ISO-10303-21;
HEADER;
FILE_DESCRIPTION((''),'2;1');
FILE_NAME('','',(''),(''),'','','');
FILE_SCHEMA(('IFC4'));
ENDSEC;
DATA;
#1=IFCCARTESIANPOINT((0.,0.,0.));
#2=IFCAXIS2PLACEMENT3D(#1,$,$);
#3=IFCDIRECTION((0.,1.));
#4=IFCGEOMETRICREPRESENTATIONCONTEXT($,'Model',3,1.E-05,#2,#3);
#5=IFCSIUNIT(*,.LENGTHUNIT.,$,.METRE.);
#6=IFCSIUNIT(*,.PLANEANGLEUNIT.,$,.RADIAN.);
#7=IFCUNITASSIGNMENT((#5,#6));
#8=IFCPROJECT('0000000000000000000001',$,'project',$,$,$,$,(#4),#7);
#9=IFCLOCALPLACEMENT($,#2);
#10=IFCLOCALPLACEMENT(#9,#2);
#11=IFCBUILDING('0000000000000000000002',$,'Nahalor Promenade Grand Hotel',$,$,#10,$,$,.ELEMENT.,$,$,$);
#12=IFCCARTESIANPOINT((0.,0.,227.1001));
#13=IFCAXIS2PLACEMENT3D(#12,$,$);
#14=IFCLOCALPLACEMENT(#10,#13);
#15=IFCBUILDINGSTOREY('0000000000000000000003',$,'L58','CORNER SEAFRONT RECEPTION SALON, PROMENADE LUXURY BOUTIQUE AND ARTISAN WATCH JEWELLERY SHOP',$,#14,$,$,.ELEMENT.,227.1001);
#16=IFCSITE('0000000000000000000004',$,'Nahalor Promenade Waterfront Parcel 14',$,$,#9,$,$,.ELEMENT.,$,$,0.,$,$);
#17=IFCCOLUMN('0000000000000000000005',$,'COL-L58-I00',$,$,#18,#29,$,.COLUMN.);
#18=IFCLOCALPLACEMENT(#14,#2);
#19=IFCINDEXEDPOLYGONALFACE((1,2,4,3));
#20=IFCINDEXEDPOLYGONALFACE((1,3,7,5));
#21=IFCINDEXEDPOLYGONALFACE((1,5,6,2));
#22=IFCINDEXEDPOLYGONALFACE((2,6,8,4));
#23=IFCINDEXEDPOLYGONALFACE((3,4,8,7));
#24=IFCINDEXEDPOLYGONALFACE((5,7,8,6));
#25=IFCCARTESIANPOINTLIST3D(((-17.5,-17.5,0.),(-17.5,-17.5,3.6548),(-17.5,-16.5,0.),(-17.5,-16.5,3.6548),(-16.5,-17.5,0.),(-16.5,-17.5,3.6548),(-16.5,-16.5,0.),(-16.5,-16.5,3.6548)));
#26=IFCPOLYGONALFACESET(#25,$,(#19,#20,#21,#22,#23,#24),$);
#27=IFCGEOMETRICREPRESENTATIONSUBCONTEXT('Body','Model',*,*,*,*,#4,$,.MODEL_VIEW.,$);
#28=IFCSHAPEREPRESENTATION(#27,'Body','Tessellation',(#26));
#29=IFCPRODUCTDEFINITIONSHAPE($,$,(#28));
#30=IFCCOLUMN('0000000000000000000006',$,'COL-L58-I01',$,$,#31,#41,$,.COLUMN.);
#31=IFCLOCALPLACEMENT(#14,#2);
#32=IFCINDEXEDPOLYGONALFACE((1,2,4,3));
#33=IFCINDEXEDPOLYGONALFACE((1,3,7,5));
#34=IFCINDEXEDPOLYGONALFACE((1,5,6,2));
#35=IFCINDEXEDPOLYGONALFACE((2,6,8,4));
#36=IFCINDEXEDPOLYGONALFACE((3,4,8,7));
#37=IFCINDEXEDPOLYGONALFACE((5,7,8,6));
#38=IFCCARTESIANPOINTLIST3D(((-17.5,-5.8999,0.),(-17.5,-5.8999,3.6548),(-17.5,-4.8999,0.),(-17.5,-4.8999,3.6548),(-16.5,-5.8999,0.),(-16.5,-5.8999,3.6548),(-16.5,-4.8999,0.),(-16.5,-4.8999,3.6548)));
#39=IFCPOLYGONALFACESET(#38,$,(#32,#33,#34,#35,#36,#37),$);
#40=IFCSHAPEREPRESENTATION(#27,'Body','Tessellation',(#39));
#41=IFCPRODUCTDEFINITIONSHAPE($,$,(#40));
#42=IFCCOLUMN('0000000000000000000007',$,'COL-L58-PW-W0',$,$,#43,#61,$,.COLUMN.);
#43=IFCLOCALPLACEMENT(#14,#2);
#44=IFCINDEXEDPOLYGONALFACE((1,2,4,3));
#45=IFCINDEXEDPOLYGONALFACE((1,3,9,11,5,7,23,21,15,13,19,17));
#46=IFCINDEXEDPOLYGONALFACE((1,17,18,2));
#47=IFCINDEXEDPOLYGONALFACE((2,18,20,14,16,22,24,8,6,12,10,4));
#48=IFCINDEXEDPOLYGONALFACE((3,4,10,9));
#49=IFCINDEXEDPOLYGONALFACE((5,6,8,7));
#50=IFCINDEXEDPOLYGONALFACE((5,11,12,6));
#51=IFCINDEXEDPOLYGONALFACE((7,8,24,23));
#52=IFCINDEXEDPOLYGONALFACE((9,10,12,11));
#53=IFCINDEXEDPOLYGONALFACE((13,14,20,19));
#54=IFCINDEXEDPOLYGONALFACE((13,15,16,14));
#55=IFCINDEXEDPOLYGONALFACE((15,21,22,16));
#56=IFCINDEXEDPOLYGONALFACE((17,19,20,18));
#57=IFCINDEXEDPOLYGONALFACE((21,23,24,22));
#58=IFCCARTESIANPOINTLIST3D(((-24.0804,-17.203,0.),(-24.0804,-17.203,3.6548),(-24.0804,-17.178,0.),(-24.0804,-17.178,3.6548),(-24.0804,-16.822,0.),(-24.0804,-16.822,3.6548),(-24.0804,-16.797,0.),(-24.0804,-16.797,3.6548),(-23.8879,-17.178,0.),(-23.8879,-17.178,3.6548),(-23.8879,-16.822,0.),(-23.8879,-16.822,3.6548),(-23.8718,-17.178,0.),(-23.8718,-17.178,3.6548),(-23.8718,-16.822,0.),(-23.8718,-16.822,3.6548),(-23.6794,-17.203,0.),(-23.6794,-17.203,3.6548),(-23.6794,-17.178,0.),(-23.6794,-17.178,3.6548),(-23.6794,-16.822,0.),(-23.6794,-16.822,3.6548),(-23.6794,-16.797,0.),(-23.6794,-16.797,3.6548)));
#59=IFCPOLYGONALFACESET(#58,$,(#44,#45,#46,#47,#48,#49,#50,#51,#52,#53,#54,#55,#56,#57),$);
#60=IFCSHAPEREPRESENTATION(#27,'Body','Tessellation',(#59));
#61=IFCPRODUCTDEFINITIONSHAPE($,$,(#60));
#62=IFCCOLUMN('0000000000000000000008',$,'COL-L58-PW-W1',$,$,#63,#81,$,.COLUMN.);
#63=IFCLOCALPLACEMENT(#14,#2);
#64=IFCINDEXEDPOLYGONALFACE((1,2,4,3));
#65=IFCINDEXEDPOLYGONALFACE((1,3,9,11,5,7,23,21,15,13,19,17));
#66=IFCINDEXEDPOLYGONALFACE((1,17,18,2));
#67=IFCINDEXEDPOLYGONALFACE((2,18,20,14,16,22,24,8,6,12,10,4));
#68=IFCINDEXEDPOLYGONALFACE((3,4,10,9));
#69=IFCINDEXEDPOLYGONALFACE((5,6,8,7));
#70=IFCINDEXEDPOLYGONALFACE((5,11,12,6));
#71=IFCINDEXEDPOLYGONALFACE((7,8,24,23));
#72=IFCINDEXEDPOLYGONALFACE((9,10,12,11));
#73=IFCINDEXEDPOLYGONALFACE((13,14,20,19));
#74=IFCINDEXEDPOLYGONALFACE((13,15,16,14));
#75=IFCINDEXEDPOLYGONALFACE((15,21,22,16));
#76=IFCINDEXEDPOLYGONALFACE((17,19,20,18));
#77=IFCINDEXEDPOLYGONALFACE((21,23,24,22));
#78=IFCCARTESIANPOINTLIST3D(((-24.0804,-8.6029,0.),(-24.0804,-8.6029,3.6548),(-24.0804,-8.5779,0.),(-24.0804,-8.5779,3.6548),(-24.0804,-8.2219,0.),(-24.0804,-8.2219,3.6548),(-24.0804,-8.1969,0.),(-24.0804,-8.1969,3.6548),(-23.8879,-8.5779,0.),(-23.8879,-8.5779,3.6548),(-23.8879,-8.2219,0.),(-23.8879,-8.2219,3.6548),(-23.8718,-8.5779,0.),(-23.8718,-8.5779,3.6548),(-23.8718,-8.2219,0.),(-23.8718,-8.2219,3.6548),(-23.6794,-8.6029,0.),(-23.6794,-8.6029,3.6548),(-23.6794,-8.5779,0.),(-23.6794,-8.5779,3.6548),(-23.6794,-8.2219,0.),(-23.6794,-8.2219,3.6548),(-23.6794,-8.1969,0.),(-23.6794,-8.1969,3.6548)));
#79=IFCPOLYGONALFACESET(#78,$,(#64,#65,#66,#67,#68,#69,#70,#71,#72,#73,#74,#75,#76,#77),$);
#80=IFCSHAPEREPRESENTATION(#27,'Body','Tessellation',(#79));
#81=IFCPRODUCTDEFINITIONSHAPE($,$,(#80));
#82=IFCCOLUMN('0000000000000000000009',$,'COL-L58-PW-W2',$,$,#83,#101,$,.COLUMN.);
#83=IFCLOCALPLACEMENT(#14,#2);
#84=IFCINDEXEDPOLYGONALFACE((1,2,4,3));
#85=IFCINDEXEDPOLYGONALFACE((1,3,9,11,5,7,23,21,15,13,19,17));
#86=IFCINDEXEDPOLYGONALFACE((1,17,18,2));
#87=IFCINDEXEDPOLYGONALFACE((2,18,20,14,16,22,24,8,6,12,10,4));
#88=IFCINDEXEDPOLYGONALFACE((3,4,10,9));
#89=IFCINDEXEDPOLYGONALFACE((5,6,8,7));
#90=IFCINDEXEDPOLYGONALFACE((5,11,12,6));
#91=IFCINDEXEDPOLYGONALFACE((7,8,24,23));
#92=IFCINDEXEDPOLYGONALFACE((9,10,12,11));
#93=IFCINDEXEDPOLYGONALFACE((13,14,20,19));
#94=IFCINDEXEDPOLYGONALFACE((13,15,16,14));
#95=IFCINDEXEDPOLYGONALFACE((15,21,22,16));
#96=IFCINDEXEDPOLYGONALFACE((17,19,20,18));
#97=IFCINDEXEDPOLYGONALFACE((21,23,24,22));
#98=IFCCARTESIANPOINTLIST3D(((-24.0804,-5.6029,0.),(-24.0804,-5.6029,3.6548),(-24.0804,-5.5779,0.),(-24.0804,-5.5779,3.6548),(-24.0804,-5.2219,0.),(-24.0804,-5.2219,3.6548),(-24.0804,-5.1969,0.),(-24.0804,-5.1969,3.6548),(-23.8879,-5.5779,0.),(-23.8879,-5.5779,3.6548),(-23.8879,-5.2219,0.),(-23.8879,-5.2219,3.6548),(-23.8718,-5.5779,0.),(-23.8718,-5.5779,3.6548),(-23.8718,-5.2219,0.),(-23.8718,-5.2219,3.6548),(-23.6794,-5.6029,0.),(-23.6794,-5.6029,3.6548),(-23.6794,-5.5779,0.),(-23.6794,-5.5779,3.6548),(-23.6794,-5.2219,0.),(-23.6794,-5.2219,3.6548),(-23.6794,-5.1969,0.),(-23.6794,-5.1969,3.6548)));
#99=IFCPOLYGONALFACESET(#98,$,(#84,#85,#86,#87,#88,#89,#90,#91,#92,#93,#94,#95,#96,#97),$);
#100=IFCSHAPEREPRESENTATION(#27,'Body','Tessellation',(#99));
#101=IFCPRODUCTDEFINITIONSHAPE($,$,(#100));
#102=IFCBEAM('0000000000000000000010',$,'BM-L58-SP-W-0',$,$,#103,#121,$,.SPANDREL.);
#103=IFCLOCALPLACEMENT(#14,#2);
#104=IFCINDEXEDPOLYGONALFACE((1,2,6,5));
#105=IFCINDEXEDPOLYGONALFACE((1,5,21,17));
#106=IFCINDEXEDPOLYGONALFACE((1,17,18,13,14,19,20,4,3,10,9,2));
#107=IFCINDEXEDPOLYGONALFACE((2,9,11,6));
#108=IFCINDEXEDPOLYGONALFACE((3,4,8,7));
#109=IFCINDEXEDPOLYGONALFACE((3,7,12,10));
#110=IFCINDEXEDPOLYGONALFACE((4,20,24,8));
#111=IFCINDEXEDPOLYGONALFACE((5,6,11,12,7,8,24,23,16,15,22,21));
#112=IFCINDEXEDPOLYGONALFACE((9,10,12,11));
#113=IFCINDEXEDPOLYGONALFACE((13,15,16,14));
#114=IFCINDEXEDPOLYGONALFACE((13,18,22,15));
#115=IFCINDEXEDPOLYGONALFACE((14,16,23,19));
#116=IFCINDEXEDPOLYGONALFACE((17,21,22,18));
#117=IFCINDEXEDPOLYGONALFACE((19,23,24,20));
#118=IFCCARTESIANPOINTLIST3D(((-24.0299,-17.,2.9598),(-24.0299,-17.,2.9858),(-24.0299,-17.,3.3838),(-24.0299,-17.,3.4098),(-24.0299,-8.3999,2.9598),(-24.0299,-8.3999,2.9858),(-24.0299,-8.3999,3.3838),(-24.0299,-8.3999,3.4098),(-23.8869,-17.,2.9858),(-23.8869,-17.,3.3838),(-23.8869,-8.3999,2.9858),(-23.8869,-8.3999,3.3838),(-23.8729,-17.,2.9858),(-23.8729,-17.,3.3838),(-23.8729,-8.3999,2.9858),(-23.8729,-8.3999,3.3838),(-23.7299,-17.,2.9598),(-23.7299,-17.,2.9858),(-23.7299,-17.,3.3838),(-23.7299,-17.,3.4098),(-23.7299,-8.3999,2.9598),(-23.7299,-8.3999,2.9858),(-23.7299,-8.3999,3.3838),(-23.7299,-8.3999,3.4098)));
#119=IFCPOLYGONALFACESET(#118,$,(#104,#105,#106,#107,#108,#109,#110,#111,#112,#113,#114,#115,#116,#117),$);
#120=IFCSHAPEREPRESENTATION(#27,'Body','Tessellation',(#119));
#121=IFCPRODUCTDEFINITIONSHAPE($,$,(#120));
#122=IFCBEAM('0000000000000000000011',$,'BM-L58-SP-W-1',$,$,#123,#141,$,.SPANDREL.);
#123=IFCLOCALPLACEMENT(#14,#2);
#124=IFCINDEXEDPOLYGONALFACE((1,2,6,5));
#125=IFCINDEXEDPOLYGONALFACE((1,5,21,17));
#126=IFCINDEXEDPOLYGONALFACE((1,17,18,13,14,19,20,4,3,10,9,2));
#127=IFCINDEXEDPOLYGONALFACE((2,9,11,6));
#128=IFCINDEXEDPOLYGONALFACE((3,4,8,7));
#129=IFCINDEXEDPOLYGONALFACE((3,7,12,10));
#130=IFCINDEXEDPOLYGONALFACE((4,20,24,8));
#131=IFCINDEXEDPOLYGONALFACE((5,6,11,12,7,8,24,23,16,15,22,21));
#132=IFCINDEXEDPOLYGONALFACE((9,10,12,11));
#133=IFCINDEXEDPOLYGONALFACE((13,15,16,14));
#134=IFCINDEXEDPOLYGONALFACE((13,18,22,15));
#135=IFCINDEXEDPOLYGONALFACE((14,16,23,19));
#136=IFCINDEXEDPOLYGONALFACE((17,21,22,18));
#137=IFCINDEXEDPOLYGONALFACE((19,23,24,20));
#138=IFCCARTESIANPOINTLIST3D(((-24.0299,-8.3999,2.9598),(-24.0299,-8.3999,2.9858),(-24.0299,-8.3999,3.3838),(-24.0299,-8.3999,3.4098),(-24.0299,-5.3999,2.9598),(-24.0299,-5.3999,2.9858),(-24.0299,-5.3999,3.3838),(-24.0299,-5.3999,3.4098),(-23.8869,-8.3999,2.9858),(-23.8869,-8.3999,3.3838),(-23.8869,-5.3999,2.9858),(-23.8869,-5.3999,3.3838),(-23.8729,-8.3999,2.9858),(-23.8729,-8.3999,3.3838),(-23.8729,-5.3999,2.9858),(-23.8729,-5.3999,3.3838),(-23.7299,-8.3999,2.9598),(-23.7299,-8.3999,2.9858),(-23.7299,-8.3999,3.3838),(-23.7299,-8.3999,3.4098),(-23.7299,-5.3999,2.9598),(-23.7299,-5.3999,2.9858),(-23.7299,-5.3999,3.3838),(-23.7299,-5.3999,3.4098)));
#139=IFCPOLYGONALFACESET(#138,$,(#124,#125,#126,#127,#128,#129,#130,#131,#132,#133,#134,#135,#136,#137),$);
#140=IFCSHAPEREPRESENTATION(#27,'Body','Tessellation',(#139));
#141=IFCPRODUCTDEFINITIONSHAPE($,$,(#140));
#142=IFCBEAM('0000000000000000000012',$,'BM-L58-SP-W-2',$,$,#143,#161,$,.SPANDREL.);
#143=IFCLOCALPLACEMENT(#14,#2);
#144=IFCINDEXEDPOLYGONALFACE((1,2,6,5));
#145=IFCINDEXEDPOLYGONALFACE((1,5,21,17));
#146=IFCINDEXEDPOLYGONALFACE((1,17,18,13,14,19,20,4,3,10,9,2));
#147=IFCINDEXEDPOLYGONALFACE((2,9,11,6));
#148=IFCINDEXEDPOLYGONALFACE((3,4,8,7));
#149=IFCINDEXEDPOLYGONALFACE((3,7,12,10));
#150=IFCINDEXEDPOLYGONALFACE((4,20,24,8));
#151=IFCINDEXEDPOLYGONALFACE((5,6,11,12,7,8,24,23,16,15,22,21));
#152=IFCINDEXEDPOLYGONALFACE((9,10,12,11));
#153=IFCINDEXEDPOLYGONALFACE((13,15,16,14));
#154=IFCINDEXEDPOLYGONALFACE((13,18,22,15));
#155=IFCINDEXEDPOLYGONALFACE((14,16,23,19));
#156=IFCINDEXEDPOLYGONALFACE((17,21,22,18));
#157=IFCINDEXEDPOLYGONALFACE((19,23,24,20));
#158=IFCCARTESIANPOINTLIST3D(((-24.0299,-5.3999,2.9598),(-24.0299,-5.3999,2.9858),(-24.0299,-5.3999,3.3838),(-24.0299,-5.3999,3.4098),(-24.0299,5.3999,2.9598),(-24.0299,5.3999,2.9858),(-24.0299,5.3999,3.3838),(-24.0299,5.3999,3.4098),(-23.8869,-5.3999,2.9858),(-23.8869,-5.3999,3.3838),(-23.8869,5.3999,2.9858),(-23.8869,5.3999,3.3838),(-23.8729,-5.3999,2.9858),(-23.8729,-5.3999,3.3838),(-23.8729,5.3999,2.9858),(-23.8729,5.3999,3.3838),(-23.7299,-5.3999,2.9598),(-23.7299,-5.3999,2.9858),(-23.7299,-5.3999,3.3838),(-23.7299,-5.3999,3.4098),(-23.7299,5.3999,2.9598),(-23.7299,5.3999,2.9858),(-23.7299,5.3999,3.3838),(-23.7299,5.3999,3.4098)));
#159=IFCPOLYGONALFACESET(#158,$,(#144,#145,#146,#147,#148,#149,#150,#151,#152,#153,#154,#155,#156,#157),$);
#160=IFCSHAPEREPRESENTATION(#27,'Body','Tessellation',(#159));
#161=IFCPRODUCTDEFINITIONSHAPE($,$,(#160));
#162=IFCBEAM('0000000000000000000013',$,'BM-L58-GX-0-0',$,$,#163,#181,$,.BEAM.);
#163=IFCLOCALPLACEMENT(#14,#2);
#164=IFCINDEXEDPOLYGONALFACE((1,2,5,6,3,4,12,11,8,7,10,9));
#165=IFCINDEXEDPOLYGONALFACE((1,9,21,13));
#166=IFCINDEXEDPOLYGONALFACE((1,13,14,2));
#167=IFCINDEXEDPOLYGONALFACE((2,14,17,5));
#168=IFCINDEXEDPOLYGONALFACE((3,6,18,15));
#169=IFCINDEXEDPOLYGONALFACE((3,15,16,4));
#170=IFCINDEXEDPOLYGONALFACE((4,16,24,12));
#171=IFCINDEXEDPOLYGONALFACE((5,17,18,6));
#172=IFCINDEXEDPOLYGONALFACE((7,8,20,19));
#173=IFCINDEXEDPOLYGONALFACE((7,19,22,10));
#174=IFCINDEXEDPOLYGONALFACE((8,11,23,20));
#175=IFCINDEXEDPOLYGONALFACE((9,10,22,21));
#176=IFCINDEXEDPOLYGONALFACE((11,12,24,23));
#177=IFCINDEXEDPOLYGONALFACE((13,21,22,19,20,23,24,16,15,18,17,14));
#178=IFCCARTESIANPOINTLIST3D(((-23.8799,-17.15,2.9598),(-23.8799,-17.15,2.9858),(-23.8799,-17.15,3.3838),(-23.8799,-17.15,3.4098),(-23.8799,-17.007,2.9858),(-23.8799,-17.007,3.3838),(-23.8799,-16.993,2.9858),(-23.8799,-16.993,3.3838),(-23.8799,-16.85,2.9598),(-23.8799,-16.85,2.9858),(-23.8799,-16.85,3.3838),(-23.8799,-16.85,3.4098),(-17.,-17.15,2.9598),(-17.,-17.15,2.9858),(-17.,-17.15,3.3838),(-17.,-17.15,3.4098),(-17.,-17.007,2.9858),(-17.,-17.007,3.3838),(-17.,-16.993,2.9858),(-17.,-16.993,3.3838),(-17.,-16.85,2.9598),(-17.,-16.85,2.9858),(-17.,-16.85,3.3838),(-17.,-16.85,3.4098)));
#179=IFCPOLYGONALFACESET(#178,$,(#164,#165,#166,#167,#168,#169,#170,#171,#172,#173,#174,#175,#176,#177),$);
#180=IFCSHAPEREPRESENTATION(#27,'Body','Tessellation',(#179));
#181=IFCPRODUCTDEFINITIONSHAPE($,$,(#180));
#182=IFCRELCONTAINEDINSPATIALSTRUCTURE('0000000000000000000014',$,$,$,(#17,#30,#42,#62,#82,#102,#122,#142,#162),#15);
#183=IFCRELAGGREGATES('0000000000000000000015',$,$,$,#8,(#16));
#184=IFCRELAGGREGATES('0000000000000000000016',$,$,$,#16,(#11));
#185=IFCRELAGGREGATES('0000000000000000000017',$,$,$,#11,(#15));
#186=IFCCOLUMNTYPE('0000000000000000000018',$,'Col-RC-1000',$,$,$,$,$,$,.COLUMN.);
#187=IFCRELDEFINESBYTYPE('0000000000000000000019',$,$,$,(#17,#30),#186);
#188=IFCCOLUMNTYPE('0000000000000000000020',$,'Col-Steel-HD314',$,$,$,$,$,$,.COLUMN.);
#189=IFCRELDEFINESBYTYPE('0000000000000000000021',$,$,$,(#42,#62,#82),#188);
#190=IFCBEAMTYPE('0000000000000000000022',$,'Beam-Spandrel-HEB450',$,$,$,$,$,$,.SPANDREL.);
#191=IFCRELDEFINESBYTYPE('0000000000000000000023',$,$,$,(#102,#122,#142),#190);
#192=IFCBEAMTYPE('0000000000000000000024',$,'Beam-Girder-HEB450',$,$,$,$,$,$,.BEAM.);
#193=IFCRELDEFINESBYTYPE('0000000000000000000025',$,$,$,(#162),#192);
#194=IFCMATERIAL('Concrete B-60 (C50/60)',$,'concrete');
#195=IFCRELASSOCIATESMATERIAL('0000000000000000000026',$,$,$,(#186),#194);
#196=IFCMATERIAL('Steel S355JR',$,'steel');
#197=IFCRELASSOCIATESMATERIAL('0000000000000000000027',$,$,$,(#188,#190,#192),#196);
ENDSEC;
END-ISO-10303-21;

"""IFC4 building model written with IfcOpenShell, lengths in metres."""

from ifc_helpers import new_model, si_unit, direction, frame, origin, origin_2d, place, context, subcontext, project, spatial, rectangle, i_section, extrude, source, transform, mapped, material, material_profile, profile_set, type_object, element, save


model = new_model("IFC4")

# Units and contexts
model_context = context("Model", 3, precision=1e-05, world=origin(), true_north=direction((0.0, 1.0)))
body_context = subcontext(model_context, "Body", "Model", "MODEL_VIEW")
ifc_project = project(units=[si_unit("LENGTHUNIT", "METRE"), si_unit("PLANEANGLEUNIT", "RADIAN")], contexts=[model_context])

# Site, building, storey
site_placement = place(None, origin())
site = spatial("IfcSite", under=ifc_project, at=site_placement, Name="Nahalor Promenade Waterfront Parcel 14", CompositionType="ELEMENT", RefElevation=0.0)
building_placement = place(site_placement, origin())
building = spatial("IfcBuilding", under=site, at=building_placement, Name="Nahalor Promenade Grand Hotel", CompositionType="ELEMENT")
storey_placement = place(building_placement, frame((0.0, 0.0, 227.1001)))
storey = spatial("IfcBuildingStorey", under=building, at=storey_placement, Name="L58", Description="CORNER SEAFRONT RECEPTION SALON, PROMENADE LUXURY BOUTIQUE AND ARTISAN WATCH JEWELLERY SHOP", CompositionType="ELEMENT", Elevation=227.1001)

# Columns
ifc_material_1 = material(Name="Concrete B-60 (C50/60)", Category="concrete")
ifc_material_profile_1 = material_profile(ifc_material_1, rectangle(XDim=1.0, YDim=1.0, at=origin_2d()), Name="RC 1000x1000")
ifc_profile_set_1 = profile_set([ifc_material_profile_1], Name="Concrete B-60 (C50/60)")
column_type_1 = type_object("IfcColumnType", Name="Col-RC-1000", PredefinedType="COLUMN", material=ifc_profile_set_1)
shared_shape_1 = source(origin(), body_context, "Body", "SweptSolid", [
    extrude(rectangle(XDim=1.0, YDim=1.0, at=origin_2d()), origin(), (0.0, 0.0, 1.0), 3.6548),
])
for number, where, z_axis, x_axis, name in (
    (1, (-17.0, -17.0, 0.0), (0.0, 0.0, 1.0), (1.0, 0.0, 0.0), "COL-L58-I00"),
    (2, (-17.0, -5.3999, 0.0), (0.0, 0.0, 1.0), (1.0, 0.0, 0.0), "COL-L58-I01"),
):
    element("IfcColumn", number, at=place(storey_placement, frame(where, z_axis=z_axis, x_axis=x_axis)), inside=storey, type_object=column_type_1, Name=name, PredefinedType="COLUMN", context=body_context, shape_type="MappedRepresentation", body=[
        mapped(shared_shape_1, transform((0.0, 0.0, 0.0), scale=1.0)),
    ])
ifc_material_2 = material(Name="Steel S355JR", Category="steel")
ifc_material_profile_2 = material_profile(ifc_material_2, i_section(OverallWidth=0.401, OverallDepth=0.406, WebThickness=0.0161, FlangeThickness=0.025, at=origin_2d()), Name="HD 400x314")
ifc_profile_set_2 = profile_set([ifc_material_profile_2], Name="Steel S355JR")
column_type_2 = type_object("IfcColumnType", Name="Col-Steel-HD314", PredefinedType="COLUMN", material=ifc_profile_set_2)
shared_shape_2 = source(origin(), body_context, "Body", "SweptSolid", [
    extrude(i_section(OverallWidth=0.401, OverallDepth=0.406, WebThickness=0.0161, FlangeThickness=0.025, at=origin_2d()), origin(), (0.0, 0.0, 1.0), 3.6548),
])
for number, where, z_axis, x_axis, name in (
    (3, (-23.8799, -17.0, 0.0), (0.0, 0.0, 1.0), (1.0, 0.0, 0.0), "COL-L58-PW-W0"),
    (4, (-23.8799, -8.3999, 0.0), (0.0, 0.0, 1.0), (1.0, 0.0, 0.0), "COL-L58-PW-W1"),
    (5, (-23.8799, -5.3999, 0.0), (0.0, 0.0, 1.0), (1.0, 0.0, 0.0), "COL-L58-PW-W2"),
):
    element("IfcColumn", number, at=place(storey_placement, frame(where, z_axis=z_axis, x_axis=x_axis)), inside=storey, type_object=column_type_2, Name=name, PredefinedType="COLUMN", context=body_context, shape_type="MappedRepresentation", body=[
        mapped(shared_shape_2, transform((0.0, 0.0, 0.0), scale=1.0)),
    ])

# Beams
ifc_material_profile_3 = material_profile(ifc_material_2, i_section(OverallWidth=0.3, OverallDepth=0.45, WebThickness=0.014, FlangeThickness=0.026, at=origin_2d()), Name="HEB 450")
ifc_profile_set_3 = profile_set([ifc_material_profile_3], Name="Steel S355JR")
beam_type_1 = type_object("IfcBeamType", Name="Beam-Spandrel-HEB450", PredefinedType="SPANDREL", material=ifc_profile_set_3)
shared_shape_3 = source(origin(), body_context, "Body", "SweptSolid", [
    extrude(i_section(OverallWidth=0.3, OverallDepth=0.45, WebThickness=0.014, FlangeThickness=0.026, at=origin_2d()), origin(), (0.0, 0.0, 1.0), 8.6001),
])
beam_1_placement = place(storey_placement, frame((-23.8799, -17.0, 3.1848), z_axis=(0.0, 1.0, 0.0), x_axis=(-1.0, 0.0, 0.0)))
element("IfcBeam", 6, at=beam_1_placement, inside=storey, type_object=beam_type_1, Name="BM-L58-SP-W-0", PredefinedType="SPANDREL", context=body_context, shape_type="MappedRepresentation", body=[
    mapped(shared_shape_3, transform((0.0, 0.0, 0.0), scale=1.0)),
])
shared_shape_4 = source(origin(), body_context, "Body", "SweptSolid", [
    extrude(i_section(OverallWidth=0.3, OverallDepth=0.45, WebThickness=0.014, FlangeThickness=0.026, at=origin_2d()), origin(), (0.0, 0.0, 1.0), 3.0),
])
beam_2_placement = place(storey_placement, frame((-23.8799, -8.3999, 3.1848), z_axis=(0.0, 1.0, 0.0), x_axis=(-1.0, 0.0, 0.0)))
element("IfcBeam", 7, at=beam_2_placement, inside=storey, type_object=beam_type_1, Name="BM-L58-SP-W-1", PredefinedType="SPANDREL", context=body_context, shape_type="MappedRepresentation", body=[
    mapped(shared_shape_4, transform((0.0, 0.0, 0.0), scale=1.0)),
])
shared_shape_5 = source(origin(), body_context, "Body", "SweptSolid", [
    extrude(i_section(OverallWidth=0.3, OverallDepth=0.45, WebThickness=0.014, FlangeThickness=0.026, at=origin_2d()), origin(), (0.0, 0.0, 1.0), 10.7998),
])
beam_3_placement = place(storey_placement, frame((-23.8799, -5.3999, 3.1848), z_axis=(0.0, 1.0, 0.0), x_axis=(-1.0, 0.0, 0.0)))
element("IfcBeam", 8, at=beam_3_placement, inside=storey, type_object=beam_type_1, Name="BM-L58-SP-W-2", PredefinedType="SPANDREL", context=body_context, shape_type="MappedRepresentation", body=[
    mapped(shared_shape_5, transform((0.0, 0.0, 0.0), scale=1.0)),
])
ifc_material_profile_4 = material_profile(ifc_material_2, i_section(OverallWidth=0.3, OverallDepth=0.45, WebThickness=0.014, FlangeThickness=0.026, at=origin_2d()), Name="HEB 450")
ifc_profile_set_4 = profile_set([ifc_material_profile_4], Name="Steel S355JR")
beam_type_2 = type_object("IfcBeamType", Name="Beam-Girder-HEB450", PredefinedType="BEAM", material=ifc_profile_set_4)
shared_shape_6 = source(origin(), body_context, "Body", "SweptSolid", [
    extrude(i_section(OverallWidth=0.3, OverallDepth=0.45, WebThickness=0.014, FlangeThickness=0.026, at=origin_2d()), origin(), (0.0, 0.0, 1.0), 6.8799),
])
for number, where, z_axis, x_axis, name in (
    (9, (-23.8799, -17.0, 3.1848), (1.0, 0.0, 0.0), (0.0, 1.0, 0.0), "BM-L58-GX-0-0"),
):
    element("IfcBeam", number, at=place(storey_placement, frame(where, z_axis=z_axis, x_axis=x_axis)), inside=storey, type_object=beam_type_2, Name=name, PredefinedType="BEAM", context=body_context, shape_type="MappedRepresentation", body=[
        mapped(shared_shape_6, transform((0.0, 0.0, 0.0), scale=1.0)),
    ])

save(model, "model.ifc")
